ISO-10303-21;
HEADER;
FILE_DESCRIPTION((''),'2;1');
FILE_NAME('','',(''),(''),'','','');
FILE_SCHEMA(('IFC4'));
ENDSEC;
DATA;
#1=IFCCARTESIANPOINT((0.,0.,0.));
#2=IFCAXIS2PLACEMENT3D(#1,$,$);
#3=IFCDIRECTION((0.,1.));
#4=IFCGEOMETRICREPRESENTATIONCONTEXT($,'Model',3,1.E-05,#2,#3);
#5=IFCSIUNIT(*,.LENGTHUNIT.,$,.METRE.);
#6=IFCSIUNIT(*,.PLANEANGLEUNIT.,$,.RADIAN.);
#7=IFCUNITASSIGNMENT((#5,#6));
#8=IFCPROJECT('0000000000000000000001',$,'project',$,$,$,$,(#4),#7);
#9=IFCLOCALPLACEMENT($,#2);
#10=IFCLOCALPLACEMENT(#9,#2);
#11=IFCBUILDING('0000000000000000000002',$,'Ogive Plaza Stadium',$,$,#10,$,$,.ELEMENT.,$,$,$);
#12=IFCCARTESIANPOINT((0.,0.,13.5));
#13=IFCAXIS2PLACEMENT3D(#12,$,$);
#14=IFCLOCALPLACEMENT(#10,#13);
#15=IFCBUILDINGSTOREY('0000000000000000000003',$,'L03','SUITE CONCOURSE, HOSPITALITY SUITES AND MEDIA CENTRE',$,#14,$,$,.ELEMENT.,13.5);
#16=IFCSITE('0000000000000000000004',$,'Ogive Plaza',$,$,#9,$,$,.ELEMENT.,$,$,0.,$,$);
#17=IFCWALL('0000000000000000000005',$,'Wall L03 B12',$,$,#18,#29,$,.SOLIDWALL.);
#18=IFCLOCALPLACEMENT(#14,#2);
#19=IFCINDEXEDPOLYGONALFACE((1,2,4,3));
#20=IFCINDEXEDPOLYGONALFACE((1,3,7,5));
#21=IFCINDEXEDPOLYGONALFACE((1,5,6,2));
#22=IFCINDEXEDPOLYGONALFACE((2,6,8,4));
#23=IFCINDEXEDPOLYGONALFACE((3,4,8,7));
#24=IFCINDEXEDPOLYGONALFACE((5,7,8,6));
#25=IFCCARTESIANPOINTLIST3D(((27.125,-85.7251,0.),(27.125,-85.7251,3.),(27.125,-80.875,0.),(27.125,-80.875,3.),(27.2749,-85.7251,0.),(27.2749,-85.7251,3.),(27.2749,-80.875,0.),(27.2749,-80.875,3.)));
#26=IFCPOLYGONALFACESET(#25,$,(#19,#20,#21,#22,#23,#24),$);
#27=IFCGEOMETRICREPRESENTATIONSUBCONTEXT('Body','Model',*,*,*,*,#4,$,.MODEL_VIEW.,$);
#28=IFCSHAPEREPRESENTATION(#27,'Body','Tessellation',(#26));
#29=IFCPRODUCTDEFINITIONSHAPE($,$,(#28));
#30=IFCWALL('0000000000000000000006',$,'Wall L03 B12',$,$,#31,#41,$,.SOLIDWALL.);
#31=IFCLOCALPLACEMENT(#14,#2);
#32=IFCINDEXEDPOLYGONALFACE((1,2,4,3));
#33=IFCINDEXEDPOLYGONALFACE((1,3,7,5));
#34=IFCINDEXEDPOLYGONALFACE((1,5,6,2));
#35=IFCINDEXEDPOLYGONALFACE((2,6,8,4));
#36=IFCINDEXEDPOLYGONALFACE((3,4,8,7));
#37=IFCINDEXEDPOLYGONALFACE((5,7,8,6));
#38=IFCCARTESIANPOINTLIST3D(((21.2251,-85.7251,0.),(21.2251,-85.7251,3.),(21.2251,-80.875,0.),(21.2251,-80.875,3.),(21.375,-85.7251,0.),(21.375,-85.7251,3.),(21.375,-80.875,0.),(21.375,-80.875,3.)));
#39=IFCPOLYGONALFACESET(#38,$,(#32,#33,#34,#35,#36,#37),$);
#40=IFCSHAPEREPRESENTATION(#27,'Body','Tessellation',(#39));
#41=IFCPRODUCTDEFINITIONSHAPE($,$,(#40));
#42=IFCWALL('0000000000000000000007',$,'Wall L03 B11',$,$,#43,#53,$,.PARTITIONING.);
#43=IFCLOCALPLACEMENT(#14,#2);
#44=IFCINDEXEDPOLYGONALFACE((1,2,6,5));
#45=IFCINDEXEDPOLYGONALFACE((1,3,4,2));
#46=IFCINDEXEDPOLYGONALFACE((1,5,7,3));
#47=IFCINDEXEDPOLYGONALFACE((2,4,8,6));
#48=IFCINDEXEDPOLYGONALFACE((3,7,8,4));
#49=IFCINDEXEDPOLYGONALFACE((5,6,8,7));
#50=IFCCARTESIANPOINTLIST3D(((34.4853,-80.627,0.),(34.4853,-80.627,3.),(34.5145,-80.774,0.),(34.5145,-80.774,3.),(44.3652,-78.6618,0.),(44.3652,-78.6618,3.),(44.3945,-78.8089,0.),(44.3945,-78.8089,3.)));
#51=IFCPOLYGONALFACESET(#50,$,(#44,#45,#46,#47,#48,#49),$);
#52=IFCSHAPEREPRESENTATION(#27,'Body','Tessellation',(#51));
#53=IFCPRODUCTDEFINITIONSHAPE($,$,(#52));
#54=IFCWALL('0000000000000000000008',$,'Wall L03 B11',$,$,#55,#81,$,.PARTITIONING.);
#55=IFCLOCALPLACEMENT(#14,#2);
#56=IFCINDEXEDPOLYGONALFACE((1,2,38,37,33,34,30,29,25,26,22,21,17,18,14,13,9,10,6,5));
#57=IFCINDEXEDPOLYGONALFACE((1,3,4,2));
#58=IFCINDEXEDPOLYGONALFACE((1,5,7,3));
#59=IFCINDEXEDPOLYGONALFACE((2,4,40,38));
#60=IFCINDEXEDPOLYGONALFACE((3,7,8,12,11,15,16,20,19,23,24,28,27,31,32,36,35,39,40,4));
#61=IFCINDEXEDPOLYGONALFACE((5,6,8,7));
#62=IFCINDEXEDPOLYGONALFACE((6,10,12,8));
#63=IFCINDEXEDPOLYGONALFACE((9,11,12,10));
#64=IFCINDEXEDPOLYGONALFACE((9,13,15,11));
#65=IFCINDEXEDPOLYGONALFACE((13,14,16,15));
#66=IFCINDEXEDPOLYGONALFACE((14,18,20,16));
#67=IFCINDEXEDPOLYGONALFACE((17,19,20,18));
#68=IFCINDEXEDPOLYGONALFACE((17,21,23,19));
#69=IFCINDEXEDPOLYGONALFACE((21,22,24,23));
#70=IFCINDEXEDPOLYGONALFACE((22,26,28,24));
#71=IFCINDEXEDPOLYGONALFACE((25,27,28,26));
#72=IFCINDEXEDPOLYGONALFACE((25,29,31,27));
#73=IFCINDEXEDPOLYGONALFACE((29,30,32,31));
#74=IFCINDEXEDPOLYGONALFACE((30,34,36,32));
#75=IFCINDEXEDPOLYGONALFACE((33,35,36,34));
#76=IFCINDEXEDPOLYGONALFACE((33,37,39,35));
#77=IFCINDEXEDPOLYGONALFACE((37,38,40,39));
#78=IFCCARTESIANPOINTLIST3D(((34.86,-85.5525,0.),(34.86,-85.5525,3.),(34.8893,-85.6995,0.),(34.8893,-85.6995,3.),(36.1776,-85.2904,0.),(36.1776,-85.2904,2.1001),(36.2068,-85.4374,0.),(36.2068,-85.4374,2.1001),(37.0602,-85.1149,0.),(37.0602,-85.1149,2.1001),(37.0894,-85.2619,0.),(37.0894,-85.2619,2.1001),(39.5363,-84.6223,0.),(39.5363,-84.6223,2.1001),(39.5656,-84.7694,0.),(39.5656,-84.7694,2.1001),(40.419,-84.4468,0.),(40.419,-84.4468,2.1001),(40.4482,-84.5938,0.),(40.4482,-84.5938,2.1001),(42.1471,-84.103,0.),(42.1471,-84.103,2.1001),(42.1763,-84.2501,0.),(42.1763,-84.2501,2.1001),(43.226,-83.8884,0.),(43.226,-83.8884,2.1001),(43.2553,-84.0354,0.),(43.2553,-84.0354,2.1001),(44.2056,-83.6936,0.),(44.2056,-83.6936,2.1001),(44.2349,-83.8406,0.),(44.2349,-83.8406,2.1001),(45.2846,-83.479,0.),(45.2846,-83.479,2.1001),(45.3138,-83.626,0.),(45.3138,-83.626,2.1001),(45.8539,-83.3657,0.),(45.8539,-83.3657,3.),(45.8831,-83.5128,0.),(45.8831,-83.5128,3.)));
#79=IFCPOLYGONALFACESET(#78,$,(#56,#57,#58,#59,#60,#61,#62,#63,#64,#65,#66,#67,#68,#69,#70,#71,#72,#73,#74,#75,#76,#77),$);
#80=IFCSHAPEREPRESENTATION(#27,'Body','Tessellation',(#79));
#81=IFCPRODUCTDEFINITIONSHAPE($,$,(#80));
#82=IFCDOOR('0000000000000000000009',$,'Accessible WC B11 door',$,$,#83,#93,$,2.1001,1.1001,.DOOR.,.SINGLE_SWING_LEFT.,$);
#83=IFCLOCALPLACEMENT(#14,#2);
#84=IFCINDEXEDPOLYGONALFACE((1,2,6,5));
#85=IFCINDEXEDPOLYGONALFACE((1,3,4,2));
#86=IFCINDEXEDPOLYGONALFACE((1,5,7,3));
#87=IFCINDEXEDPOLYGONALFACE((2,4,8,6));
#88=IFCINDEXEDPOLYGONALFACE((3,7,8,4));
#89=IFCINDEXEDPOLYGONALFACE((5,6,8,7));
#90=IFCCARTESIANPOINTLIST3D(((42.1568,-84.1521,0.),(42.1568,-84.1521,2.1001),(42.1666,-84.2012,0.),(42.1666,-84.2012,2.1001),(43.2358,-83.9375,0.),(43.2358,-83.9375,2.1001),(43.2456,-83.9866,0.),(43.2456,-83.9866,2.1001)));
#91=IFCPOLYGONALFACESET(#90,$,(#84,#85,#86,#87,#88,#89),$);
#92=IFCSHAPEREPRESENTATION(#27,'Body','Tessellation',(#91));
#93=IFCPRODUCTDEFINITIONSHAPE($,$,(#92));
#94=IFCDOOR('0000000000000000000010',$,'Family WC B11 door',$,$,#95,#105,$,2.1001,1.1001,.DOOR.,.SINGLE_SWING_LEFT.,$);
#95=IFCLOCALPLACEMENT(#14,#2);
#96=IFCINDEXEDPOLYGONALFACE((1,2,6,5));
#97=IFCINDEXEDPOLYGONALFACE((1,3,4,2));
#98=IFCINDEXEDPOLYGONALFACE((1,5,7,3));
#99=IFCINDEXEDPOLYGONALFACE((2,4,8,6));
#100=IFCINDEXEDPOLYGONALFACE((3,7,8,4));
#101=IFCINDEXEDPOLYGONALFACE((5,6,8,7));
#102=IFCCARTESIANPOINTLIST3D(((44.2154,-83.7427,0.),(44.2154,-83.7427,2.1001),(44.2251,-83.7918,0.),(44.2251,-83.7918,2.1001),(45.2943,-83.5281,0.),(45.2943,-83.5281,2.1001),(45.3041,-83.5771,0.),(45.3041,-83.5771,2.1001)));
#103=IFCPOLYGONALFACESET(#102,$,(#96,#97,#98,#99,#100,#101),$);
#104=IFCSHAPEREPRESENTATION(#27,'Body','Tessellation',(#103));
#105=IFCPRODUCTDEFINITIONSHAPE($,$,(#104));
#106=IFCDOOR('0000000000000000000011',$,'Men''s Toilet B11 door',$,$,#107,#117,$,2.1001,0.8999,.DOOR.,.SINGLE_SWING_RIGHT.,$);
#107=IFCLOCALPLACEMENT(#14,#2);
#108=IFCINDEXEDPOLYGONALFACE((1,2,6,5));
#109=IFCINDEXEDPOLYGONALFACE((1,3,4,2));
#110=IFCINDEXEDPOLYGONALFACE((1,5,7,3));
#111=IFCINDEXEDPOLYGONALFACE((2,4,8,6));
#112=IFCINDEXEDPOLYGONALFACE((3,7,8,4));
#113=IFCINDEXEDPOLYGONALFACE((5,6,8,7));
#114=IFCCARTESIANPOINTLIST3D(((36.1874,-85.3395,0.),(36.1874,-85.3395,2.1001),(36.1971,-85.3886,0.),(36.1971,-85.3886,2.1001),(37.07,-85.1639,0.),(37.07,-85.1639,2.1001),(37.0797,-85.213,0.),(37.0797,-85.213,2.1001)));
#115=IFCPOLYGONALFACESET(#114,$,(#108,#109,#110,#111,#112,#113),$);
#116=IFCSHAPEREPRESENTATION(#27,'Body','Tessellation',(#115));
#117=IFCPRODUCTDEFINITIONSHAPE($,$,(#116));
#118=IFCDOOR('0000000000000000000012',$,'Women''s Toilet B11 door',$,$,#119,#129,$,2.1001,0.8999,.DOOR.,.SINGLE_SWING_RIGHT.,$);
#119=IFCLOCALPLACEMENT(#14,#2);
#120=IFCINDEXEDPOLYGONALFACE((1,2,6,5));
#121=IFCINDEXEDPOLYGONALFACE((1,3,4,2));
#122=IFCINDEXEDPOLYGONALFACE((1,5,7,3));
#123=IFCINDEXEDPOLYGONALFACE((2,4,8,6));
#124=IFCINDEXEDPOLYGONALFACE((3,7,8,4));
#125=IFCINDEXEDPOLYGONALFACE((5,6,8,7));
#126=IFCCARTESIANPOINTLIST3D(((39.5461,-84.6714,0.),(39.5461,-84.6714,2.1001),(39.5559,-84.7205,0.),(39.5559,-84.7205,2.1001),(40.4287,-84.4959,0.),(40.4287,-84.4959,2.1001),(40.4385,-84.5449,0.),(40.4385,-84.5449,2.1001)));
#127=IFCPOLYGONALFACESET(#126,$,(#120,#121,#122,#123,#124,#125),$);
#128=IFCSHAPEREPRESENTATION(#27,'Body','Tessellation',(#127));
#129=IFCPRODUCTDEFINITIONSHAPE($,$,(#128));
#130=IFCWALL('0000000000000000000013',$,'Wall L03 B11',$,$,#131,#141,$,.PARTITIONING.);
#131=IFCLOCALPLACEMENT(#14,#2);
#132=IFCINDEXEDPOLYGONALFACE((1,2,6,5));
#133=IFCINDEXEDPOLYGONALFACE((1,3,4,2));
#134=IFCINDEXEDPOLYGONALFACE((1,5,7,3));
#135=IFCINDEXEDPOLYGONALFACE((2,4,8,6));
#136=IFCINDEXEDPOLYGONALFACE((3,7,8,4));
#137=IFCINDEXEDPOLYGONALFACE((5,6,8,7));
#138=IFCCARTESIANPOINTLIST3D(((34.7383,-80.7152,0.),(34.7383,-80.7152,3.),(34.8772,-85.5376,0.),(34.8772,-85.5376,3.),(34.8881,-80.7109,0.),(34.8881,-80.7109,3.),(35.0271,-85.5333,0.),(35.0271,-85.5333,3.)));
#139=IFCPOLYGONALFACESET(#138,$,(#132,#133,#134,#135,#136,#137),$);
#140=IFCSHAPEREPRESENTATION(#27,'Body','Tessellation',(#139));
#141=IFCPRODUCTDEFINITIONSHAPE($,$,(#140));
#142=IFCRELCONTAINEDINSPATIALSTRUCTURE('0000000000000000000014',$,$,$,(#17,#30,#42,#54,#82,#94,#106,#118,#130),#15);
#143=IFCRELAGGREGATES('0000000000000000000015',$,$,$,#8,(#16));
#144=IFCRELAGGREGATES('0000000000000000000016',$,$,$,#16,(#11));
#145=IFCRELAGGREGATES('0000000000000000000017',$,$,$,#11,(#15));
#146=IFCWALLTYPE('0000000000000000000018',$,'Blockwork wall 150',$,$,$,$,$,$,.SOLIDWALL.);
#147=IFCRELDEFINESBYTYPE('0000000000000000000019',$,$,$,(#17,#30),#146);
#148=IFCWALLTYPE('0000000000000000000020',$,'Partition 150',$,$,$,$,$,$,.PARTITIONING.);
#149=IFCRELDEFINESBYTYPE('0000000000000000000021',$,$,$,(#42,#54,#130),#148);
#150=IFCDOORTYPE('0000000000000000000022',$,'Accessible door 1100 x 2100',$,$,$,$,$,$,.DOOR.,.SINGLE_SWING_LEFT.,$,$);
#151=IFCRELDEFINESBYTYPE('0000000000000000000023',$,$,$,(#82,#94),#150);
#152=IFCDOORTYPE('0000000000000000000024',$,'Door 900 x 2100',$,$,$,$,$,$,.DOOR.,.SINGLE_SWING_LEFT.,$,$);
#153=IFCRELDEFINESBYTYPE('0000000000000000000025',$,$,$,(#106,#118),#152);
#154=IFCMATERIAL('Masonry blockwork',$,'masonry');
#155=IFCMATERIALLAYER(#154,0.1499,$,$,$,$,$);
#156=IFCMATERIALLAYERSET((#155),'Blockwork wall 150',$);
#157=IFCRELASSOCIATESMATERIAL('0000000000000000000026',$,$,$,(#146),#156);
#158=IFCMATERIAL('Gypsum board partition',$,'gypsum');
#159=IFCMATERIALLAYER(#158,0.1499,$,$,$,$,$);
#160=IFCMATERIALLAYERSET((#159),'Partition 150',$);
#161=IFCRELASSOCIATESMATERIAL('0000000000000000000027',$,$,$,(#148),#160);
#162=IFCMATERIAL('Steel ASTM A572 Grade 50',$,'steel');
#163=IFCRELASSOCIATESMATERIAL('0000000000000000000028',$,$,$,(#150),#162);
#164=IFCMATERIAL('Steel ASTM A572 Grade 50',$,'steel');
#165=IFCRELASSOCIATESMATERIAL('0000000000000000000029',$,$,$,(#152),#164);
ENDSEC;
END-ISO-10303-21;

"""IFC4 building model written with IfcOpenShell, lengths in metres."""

from ifc_helpers import new_model, si_unit, direction, frame, frame_2d, origin, place, context, subcontext, project, spatial, rectangle, extrude, material, layer, layer_set, type_object, element, fill, save


model = new_model("IFC4")

# Units and contexts
model_context = context("Model", 3, precision=1e-05, world=origin(), true_north=direction((0.0, 1.0)))
body_context = subcontext(model_context, "Body", "Model", "MODEL_VIEW")
ifc_project = project(units=[si_unit("LENGTHUNIT", "METRE"), si_unit("PLANEANGLEUNIT", "RADIAN")], contexts=[model_context])

# Site, building, storey
site_placement = place(None, origin())
site = spatial("IfcSite", under=ifc_project, at=site_placement, Name="Ogive Plaza", CompositionType="ELEMENT", RefElevation=0.0)
building_placement = place(site_placement, origin())
building = spatial("IfcBuilding", under=site, at=building_placement, Name="Ogive Plaza Stadium", CompositionType="ELEMENT")
storey_placement = place(building_placement, frame((0.0, 0.0, 13.5)))
storey = spatial("IfcBuildingStorey", under=building, at=storey_placement, Name="L03", Description="SUITE CONCOURSE, HOSPITALITY SUITES AND MEDIA CENTRE", CompositionType="ELEMENT", Elevation=13.5)

# Shared definitions
ifc_material_1 = material(Name="Masonry blockwork", Category="masonry")
ifc_layer_1 = layer(ifc_material_1, 0.1499)
ifc_layer_set_1 = layer_set([ifc_layer_1], Name="Blockwork wall 150")
wall_type_1 = type_object("IfcWallType", Name="Blockwork wall 150", PredefinedType="SOLIDWALL", material=ifc_layer_set_1)

# Walls
for number, where, z_axis, x_axis, name in (
    (1, (27.2, -80.875, 0.0), (0.0, 0.0, 1.0), (0.0, -1.0, 0.0), "Wall L03 B12"),
    (2, (21.3, -80.875, 0.0), (0.0, 0.0, 1.0), (0.0, -1.0, 0.0), "Wall L03 B12"),
):
    element("IfcWall", number, at=place(storey_placement, frame(where, z_axis=z_axis, x_axis=x_axis)), inside=storey, type_object=wall_type_1, Name=name, PredefinedType="SOLIDWALL", context=body_context, shape_type="SweptSolid", body=[
        extrude(rectangle(XDim=4.8501, YDim=0.1499, at=frame_2d((2.425, 0.0))), origin(), (0.0, 0.0, 1.0), 3.0),
    ])
ifc_material_2 = material(Name="Gypsum board partition", Category="gypsum")
ifc_layer_2 = layer(ifc_material_2, 0.1499)
ifc_layer_set_2 = layer_set([ifc_layer_2], Name="Partition 150")
wall_type_2 = type_object("IfcWallType", Name="Partition 150", PredefinedType="PARTITIONING", material=ifc_layer_set_2)
wall_1_placement = place(storey_placement, frame((34.5, -80.7004, 0.0), z_axis=(0.0, 0.0, 1.0), x_axis=(0.980788, 0.195077, 0.0)))
element("IfcWall", 3, at=wall_1_placement, inside=storey, type_object=wall_type_2, Name="Wall L03 B11", PredefinedType="PARTITIONING", context=body_context, shape_type="SweptSolid", body=[
    extrude(rectangle(XDim=10.0735, YDim=0.1499, at=frame_2d((5.0366, 0.0))), origin(), (0.0, 0.0, 1.0), 3.0),
])

# Wall, openings, doors
wall_2_placement = place(storey_placement, frame((34.8748, -85.626, 0.0), z_axis=(0.0, 0.0, 1.0), x_axis=(0.980786, 0.195086, 0.0)))
wall_2 = element("IfcWall", 4, at=wall_2_placement, inside=storey, type_object=wall_type_2, Name="Wall L03 B11", PredefinedType="PARTITIONING", context=body_context, shape_type="SweptSolid", body=[
    extrude(rectangle(XDim=11.2092, YDim=0.1499, at=frame_2d((5.6045, 0.0))), origin(), (0.0, 0.0, 1.0), 3.0),
])
opening_1_placement = place(wall_2_placement, frame((1.3433, 0.0, 0.0)))
opening_1 = element("IfcOpeningElement", 5, at=opening_1_placement, cuts=wall_2, PredefinedType="OPENING", context=body_context, shape_type="SweptSolid", body=[
    extrude(rectangle(XDim=0.8999, YDim=2.1001, at=frame_2d((0.45, 1.05))), frame((0.0, 0.075, 0.0), z_axis=(0.0, -1.0, 0.0), x_axis=(1.0, 0.0, 0.0)), (0.0, 0.0, 1.0), 0.1499),
])
opening_2_placement = place(wall_2_placement, frame((4.7678, 0.0, 0.0)))
opening_2 = element("IfcOpeningElement", 6, at=opening_2_placement, cuts=wall_2, PredefinedType="OPENING", context=body_context, shape_type="SweptSolid", body=[
    extrude(rectangle(XDim=0.8999, YDim=2.1001, at=frame_2d((0.45, 1.05))), frame((0.0, 0.075, 0.0), z_axis=(0.0, -1.0, 0.0), x_axis=(1.0, 0.0, 0.0)), (0.0, 0.0, 1.0), 0.1499),
])
opening_3_placement = place(wall_2_placement, frame((7.4297, 0.0, 0.0)))
opening_3 = element("IfcOpeningElement", 7, at=opening_3_placement, cuts=wall_2, PredefinedType="OPENING", context=body_context, shape_type="SweptSolid", body=[
    extrude(rectangle(XDim=1.1001, YDim=2.1001, at=frame_2d((0.55, 1.05))), frame((0.0, 0.075, 0.0), z_axis=(0.0, -1.0, 0.0), x_axis=(1.0, 0.0, 0.0)), (0.0, 0.0, 1.0), 0.1499),
])
opening_4_placement = place(wall_2_placement, frame((9.5286, 0.0, 0.0)))
opening_4 = element("IfcOpeningElement", 8, at=opening_4_placement, cuts=wall_2, PredefinedType="OPENING", context=body_context, shape_type="SweptSolid", body=[
    extrude(rectangle(XDim=1.1001, YDim=2.1001, at=frame_2d((0.55, 1.05))), frame((0.0, 0.075, 0.0), z_axis=(0.0, -1.0, 0.0), x_axis=(1.0, 0.0, 0.0)), (0.0, 0.0, 1.0), 0.1499),
])
ifc_material_3 = material(Name="Steel ASTM A572 Grade 50", Category="steel")
door_type_1 = type_object("IfcDoorType", Name="Accessible door 1100 x 2100", OperationType="SINGLE_SWING_LEFT", PredefinedType="DOOR", material=ifc_material_3)
door_1_placement = place(opening_3_placement, origin())
door_1 = element("IfcDoor", 9, at=door_1_placement, inside=storey, type_object=door_type_1, Name="Accessible WC B11 door", OperationType="SINGLE_SWING_LEFT", OverallHeight=2.1001, OverallWidth=1.1001, PredefinedType="DOOR", context=body_context, shape_type="SweptSolid", body=[
    extrude(rectangle(XDim=1.1001, YDim=2.1001, at=frame_2d((0.55, 1.05))), frame((0.0, 0.0249, 0.0), z_axis=(0.0, -1.0, 0.0), x_axis=(1.0, 0.0, 0.0)), (0.0, 0.0, 1.0), 0.05),
])
fill(opening_3, door_1)
door_2_placement = place(opening_4_placement, origin())
door_2 = element("IfcDoor", 10, at=door_2_placement, inside=storey, type_object=door_type_1, Name="Family WC B11 door", OperationType="SINGLE_SWING_LEFT", OverallHeight=2.1001, OverallWidth=1.1001, PredefinedType="DOOR", context=body_context, shape_type="SweptSolid", body=[
    extrude(rectangle(XDim=1.1001, YDim=2.1001, at=frame_2d((0.55, 1.05))), frame((0.0, 0.0249, 0.0), z_axis=(0.0, -1.0, 0.0), x_axis=(1.0, 0.0, 0.0)), (0.0, 0.0, 1.0), 0.05),
])
fill(opening_4, door_2)
ifc_material_4 = material(Name="Steel ASTM A572 Grade 50", Category="steel")
door_type_2 = type_object("IfcDoorType", Name="Door 900 x 2100", OperationType="SINGLE_SWING_LEFT", PredefinedType="DOOR", material=ifc_material_4)
door_3_placement = place(opening_1_placement, origin())
door_3 = element("IfcDoor", 11, at=door_3_placement, inside=storey, type_object=door_type_2, Name="Men's Toilet B11 door", OperationType="SINGLE_SWING_RIGHT", OverallHeight=2.1001, OverallWidth=0.8999, PredefinedType="DOOR", context=body_context, shape_type="SweptSolid", body=[
    extrude(rectangle(XDim=0.8999, YDim=2.1001, at=frame_2d((0.45, 1.05))), frame((0.0, 0.0249, 0.0), z_axis=(0.0, -1.0, 0.0), x_axis=(1.0, 0.0, 0.0)), (0.0, 0.0, 1.0), 0.05),
])
fill(opening_1, door_3)
door_4_placement = place(opening_2_placement, origin())
door_4 = element("IfcDoor", 12, at=door_4_placement, inside=storey, type_object=door_type_2, Name="Women's Toilet B11 door", OperationType="SINGLE_SWING_RIGHT", OverallHeight=2.1001, OverallWidth=0.8999, PredefinedType="DOOR", context=body_context, shape_type="SweptSolid", body=[
    extrude(rectangle(XDim=0.8999, YDim=2.1001, at=frame_2d((0.45, 1.05))), frame((0.0, 0.0249, 0.0), z_axis=(0.0, -1.0, 0.0), x_axis=(1.0, 0.0, 0.0)), (0.0, 0.0, 1.0), 0.05),
])
fill(opening_2, door_4)

# Wall
wall_3_placement = place(storey_placement, frame((34.8132, -80.7131, 0.0), z_axis=(0.0, 0.0, 1.0), x_axis=(0.028794, -0.999585, 0.0)))
element("IfcWall", 13, at=wall_3_placement, inside=storey, type_object=wall_type_2, Name="Wall L03 B11", PredefinedType="PARTITIONING", context=body_context, shape_type="SweptSolid", body=[
    extrude(rectangle(XDim=4.8245, YDim=0.1499, at=frame_2d((2.4121, 0.0))), origin(), (0.0, 0.0, 1.0), 3.0),
])

save(model, "model.ifc")
